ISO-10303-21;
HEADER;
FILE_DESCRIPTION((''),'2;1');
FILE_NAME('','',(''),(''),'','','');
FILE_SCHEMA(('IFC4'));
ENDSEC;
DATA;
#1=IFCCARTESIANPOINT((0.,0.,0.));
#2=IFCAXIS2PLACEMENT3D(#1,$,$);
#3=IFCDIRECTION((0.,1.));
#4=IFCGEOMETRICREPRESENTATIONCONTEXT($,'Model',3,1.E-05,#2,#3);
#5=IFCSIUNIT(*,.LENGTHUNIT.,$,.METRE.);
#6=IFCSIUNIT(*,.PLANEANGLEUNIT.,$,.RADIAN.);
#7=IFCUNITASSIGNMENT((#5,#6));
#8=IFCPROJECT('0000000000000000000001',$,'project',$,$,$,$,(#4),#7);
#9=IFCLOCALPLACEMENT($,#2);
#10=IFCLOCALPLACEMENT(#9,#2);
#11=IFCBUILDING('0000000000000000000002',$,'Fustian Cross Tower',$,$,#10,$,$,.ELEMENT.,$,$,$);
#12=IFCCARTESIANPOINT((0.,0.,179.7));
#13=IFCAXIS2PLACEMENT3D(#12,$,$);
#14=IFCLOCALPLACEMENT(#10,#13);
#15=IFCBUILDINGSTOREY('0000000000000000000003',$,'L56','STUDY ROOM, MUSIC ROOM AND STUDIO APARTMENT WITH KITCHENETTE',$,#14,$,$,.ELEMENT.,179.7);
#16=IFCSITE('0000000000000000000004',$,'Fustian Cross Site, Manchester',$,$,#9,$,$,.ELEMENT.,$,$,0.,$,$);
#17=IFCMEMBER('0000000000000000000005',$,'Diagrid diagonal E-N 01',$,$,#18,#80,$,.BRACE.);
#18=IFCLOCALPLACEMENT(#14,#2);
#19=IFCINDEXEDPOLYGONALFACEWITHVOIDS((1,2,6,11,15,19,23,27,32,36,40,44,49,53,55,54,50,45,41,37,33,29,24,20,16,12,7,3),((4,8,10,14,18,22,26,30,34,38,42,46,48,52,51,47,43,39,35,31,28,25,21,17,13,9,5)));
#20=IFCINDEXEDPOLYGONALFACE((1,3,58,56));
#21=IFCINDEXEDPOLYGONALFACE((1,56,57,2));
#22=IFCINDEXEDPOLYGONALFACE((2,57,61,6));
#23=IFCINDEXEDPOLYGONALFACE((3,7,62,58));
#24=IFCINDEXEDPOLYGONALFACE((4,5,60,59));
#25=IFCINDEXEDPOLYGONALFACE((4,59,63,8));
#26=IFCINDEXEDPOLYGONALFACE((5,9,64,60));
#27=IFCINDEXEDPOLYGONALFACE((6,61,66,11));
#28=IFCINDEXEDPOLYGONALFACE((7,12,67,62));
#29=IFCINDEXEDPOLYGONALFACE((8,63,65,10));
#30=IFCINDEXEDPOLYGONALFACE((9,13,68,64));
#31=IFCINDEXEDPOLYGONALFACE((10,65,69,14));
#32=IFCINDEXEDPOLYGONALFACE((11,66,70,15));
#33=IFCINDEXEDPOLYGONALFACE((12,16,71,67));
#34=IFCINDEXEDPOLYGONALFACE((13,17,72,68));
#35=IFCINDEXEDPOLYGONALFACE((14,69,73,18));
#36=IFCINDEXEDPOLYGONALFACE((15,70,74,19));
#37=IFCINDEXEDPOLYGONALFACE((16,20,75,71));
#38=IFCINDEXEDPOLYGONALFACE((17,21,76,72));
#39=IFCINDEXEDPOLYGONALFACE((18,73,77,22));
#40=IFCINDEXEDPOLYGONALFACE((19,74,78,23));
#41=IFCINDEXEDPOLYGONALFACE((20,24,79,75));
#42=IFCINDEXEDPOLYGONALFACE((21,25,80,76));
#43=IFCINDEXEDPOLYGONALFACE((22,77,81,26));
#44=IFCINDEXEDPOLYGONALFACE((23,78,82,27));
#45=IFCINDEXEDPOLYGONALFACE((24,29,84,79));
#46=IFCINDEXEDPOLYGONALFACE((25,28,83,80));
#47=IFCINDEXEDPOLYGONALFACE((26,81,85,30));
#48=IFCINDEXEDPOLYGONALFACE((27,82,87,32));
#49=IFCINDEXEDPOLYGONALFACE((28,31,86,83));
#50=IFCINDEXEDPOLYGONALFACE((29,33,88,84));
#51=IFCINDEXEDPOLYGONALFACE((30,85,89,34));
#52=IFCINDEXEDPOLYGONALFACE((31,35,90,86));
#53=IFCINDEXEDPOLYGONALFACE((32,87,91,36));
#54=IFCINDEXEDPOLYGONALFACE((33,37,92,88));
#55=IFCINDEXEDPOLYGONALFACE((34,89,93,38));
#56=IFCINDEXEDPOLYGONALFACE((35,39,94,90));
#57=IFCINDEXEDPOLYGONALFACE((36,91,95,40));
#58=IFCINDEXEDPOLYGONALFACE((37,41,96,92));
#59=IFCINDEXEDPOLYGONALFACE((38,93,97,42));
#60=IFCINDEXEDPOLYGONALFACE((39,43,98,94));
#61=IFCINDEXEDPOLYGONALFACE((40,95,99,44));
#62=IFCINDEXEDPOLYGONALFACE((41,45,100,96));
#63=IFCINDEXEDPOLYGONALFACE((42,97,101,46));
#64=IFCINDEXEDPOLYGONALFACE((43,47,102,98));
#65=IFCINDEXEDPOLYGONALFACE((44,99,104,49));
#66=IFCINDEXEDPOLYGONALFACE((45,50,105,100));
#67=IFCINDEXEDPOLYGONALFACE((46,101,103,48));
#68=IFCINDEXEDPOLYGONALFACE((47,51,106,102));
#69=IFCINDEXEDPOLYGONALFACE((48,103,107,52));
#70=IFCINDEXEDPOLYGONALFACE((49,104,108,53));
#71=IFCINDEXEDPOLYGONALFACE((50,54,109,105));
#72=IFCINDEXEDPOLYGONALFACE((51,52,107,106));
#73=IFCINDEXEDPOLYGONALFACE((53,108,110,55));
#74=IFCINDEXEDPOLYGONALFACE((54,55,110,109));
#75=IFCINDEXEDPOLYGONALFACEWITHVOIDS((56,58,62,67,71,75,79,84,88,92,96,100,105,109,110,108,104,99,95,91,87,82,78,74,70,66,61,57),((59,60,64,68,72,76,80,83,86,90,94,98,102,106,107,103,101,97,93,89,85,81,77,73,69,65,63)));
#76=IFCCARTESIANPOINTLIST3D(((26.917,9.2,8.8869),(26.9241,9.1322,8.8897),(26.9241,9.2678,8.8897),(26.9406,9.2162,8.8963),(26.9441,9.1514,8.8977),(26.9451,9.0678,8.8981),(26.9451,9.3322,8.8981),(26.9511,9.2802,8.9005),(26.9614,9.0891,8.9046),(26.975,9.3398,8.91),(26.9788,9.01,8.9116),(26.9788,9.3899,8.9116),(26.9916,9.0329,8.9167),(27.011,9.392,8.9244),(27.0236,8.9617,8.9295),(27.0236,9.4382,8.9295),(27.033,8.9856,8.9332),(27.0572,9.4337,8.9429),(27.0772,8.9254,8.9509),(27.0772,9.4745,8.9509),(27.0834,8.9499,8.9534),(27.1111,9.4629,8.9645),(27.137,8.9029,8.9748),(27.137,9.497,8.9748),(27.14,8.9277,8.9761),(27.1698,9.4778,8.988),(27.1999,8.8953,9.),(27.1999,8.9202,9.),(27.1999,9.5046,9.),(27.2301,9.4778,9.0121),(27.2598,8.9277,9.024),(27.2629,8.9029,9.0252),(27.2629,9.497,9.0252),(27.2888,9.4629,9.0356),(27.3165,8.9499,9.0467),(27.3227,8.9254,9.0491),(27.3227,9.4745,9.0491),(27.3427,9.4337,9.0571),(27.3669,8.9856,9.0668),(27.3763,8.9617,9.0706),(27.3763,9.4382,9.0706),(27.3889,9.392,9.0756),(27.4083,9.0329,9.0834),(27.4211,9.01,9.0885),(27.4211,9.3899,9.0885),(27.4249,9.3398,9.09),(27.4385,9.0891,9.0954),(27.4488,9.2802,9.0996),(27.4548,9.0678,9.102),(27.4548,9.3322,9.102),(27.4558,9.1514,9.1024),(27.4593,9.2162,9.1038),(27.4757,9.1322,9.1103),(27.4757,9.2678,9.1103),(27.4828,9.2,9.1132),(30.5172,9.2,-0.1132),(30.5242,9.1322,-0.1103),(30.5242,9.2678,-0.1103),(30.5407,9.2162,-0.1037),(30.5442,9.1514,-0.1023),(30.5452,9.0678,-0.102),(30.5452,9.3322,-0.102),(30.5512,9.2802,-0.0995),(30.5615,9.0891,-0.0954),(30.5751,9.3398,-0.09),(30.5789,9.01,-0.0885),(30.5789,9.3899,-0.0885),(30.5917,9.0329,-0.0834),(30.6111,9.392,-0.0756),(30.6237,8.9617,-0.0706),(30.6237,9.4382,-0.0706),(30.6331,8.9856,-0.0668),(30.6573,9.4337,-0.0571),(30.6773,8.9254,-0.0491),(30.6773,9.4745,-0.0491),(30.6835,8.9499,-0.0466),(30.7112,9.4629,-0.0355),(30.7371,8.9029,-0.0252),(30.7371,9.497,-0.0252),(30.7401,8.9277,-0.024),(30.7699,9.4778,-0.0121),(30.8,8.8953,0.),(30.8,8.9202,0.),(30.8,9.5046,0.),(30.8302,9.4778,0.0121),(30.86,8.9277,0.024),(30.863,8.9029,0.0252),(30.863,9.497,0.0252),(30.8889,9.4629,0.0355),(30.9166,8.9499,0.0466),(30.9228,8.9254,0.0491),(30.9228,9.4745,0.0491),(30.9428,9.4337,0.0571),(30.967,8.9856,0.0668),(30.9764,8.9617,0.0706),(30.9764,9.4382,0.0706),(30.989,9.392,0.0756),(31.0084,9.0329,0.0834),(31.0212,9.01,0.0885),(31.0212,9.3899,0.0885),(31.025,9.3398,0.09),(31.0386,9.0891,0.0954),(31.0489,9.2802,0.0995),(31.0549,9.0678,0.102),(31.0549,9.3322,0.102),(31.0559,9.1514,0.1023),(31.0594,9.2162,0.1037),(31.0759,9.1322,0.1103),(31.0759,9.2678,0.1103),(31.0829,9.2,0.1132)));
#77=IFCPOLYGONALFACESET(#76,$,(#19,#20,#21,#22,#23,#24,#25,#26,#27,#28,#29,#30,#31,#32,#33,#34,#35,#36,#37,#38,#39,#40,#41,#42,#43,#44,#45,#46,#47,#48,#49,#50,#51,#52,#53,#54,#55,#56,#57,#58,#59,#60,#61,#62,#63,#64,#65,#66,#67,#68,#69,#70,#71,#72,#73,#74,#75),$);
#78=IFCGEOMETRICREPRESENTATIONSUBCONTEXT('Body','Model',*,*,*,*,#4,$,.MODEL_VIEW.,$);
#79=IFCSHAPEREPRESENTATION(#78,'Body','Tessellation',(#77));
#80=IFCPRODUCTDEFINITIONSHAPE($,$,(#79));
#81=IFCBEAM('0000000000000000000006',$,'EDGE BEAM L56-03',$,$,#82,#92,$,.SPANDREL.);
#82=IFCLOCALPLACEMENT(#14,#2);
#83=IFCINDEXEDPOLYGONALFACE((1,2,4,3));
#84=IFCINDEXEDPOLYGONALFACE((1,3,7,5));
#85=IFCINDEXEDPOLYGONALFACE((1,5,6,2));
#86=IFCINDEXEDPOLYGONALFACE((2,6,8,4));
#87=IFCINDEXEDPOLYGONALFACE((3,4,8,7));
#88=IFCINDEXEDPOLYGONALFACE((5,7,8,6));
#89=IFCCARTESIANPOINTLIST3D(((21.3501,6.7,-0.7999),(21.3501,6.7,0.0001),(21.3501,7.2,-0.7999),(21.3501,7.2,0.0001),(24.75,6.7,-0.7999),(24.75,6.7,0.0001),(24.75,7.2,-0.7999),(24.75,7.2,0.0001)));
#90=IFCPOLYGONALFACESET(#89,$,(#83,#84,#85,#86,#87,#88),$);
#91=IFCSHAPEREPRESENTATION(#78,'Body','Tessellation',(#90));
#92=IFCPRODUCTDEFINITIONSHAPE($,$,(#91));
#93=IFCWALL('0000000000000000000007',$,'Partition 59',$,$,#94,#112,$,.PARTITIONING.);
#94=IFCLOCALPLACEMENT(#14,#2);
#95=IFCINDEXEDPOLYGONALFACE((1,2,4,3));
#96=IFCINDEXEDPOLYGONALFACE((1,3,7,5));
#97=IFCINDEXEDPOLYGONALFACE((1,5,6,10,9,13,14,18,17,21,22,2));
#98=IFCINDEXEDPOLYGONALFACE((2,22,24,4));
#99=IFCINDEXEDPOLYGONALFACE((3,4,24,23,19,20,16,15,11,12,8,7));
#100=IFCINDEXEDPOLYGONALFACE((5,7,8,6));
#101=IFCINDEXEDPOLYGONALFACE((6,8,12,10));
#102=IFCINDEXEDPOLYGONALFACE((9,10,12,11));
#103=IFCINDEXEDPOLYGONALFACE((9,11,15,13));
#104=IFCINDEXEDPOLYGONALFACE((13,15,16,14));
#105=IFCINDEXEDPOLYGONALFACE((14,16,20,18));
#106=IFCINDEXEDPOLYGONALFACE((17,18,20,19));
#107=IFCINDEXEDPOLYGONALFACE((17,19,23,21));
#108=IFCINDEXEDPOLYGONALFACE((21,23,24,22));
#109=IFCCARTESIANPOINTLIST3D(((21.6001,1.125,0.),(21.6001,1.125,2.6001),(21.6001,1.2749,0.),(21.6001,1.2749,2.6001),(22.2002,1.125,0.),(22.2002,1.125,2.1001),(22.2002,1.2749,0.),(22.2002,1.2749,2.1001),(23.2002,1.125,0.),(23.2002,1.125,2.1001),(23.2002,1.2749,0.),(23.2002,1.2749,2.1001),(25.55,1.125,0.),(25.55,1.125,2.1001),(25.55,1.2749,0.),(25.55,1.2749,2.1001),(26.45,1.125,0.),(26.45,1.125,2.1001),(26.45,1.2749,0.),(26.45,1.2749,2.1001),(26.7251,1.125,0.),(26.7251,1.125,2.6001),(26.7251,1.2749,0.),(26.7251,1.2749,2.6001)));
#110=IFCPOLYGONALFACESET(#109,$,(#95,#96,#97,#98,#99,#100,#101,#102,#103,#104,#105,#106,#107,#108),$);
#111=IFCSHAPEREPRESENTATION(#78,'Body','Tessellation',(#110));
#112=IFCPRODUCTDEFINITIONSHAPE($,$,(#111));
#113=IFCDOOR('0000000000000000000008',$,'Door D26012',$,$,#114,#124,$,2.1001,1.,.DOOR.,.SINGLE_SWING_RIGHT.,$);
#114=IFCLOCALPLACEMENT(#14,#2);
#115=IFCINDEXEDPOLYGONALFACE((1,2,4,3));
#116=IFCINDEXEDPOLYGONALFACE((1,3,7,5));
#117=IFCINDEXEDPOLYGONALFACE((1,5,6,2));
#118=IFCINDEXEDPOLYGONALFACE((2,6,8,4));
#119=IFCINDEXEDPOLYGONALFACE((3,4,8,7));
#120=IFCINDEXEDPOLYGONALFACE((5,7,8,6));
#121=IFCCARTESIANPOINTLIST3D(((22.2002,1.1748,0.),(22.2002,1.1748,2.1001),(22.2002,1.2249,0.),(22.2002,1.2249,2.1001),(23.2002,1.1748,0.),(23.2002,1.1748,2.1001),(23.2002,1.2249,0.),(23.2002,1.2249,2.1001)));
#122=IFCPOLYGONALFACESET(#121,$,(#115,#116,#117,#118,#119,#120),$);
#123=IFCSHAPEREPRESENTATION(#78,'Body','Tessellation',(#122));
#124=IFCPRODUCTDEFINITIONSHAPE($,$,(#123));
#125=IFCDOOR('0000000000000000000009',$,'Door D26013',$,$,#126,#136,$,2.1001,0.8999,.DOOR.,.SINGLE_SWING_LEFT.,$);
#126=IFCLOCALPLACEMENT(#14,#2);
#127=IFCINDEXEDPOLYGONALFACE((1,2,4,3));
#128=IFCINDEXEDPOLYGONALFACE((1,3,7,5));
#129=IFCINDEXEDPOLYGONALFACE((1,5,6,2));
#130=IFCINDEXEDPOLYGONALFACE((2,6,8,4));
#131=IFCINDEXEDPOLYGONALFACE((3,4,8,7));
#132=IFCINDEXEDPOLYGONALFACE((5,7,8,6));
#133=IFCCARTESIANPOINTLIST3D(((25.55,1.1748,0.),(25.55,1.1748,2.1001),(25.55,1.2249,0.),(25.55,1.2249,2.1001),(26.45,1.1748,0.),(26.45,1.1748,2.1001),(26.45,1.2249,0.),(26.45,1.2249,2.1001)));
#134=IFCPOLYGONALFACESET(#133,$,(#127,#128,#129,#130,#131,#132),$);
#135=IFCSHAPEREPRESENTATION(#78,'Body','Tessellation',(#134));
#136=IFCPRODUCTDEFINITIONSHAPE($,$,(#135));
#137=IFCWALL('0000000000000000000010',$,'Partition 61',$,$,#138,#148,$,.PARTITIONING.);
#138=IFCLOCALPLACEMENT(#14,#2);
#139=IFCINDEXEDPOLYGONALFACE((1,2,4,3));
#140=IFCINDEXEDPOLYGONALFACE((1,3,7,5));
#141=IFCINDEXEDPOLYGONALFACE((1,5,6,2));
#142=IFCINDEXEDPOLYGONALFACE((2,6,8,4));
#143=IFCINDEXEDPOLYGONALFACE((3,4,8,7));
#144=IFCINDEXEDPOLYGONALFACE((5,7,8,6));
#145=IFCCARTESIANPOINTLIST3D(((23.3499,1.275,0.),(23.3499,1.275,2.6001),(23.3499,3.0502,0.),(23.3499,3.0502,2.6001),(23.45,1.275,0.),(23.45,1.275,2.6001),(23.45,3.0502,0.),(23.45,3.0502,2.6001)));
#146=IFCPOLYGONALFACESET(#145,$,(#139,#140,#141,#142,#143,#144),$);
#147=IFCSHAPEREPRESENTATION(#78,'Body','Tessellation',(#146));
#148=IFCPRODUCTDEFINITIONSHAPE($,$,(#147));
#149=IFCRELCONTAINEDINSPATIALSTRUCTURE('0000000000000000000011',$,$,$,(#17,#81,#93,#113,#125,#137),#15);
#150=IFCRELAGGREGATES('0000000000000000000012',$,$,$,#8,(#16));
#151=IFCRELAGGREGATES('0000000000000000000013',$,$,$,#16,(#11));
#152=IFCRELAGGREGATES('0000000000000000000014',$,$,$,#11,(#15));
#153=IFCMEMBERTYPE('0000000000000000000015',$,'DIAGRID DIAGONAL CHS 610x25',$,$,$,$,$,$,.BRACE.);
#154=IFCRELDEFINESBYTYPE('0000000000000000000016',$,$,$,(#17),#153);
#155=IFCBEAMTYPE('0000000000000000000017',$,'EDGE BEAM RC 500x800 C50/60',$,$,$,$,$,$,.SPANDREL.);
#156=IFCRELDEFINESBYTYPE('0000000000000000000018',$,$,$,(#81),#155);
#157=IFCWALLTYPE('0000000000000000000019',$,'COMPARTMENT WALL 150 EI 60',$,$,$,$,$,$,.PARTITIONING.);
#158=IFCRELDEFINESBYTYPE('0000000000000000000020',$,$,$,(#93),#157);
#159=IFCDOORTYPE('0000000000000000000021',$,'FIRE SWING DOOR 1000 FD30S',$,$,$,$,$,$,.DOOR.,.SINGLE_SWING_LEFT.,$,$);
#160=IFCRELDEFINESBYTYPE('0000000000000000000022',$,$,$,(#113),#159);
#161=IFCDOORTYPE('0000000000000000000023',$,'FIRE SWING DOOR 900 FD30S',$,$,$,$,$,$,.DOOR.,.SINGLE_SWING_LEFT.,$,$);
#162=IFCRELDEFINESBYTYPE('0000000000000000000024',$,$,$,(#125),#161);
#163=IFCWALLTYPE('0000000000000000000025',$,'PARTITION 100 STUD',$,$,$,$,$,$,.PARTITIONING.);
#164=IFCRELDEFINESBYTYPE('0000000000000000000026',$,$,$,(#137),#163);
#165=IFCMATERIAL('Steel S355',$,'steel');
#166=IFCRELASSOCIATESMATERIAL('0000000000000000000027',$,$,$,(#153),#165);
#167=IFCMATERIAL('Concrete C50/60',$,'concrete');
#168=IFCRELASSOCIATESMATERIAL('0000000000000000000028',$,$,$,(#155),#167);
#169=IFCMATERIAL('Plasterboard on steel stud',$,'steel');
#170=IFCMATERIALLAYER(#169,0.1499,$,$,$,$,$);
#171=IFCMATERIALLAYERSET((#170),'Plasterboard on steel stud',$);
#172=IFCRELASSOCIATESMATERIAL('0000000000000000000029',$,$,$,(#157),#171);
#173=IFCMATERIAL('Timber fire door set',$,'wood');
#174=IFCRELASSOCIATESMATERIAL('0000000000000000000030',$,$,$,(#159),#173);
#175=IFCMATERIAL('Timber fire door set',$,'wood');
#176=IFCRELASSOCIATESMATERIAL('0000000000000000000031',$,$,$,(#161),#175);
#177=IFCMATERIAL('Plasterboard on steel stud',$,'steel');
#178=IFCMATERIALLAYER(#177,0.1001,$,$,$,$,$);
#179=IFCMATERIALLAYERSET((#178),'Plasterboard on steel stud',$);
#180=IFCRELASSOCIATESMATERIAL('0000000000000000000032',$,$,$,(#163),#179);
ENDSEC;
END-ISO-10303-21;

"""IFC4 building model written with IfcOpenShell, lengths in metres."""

from ifc_helpers import new_model, si_unit, direction, frame, frame_2d, origin, origin_2d, place, context, subcontext, project, spatial, rectangle, hollow_circle, extrude, material, layer, layer_set, material_profile, profile_set, type_object, element, fill, save


model = new_model("IFC4")

# Units and contexts
model_context = context("Model", 3, precision=1e-05, world=origin(), true_north=direction((0.0, 1.0)))
body_context = subcontext(model_context, "Body", "Model", "MODEL_VIEW")
ifc_project = project(units=[si_unit("LENGTHUNIT", "METRE"), si_unit("PLANEANGLEUNIT", "RADIAN")], contexts=[model_context])

# Site, building, storey
site_placement = place(None, origin())
site = spatial("IfcSite", under=ifc_project, at=site_placement, Name="Fustian Cross Site, Manchester", CompositionType="ELEMENT", RefElevation=0.0)
building_placement = place(site_placement, origin())
building = spatial("IfcBuilding", under=site, at=building_placement, Name="Fustian Cross Tower", CompositionType="ELEMENT")
storey_placement = place(building_placement, frame((0.0, 0.0, 179.7)))
storey = spatial("IfcBuildingStorey", under=building, at=storey_placement, Name="L56", Description="STUDY ROOM, MUSIC ROOM AND STUDIO APARTMENT WITH KITCHENETTE", CompositionType="ELEMENT", Elevation=179.7)

# Member
ifc_material_1 = material(Name="Steel S355", Category="steel")
ifc_material_profile_1 = material_profile(ifc_material_1, hollow_circle(Radius=0.3047, WallThickness=0.0249, at=origin_2d()), Name="CHS 610x25")
ifc_profile_set_1 = profile_set([ifc_material_profile_1], Name="Steel S355")
member_type_1 = type_object("IfcMemberType", Name="DIAGRID DIAGONAL CHS 610x25", PredefinedType="BRACE", material=ifc_profile_set_1)
member_1_placement = place(storey_placement, frame((30.8, 9.2, 0.0), z_axis=(-0.371399, 0.0, 0.928473), x_axis=(0.0, -1.0, 0.0)))
element("IfcMember", 1, at=member_1_placement, inside=storey, type_object=member_type_1, Name="Diagrid diagonal E-N 01", PredefinedType="BRACE", context=body_context, shape_type="SweptSolid", body=[
    extrude(hollow_circle(Radius=0.3047, WallThickness=0.0249, at=origin_2d()), origin(), (0.0, 0.0, 1.0), 9.6934),
])

# Beam
ifc_material_2 = material(Name="Concrete C50/60", Category="concrete")
ifc_material_profile_2 = material_profile(ifc_material_2, rectangle(XDim=0.5, YDim=0.8, at=origin_2d()), Name="RC 500x800")
ifc_profile_set_2 = profile_set([ifc_material_profile_2], Name="Concrete C50/60")
beam_type = type_object("IfcBeamType", Name="EDGE BEAM RC 500x800 C50/60", PredefinedType="SPANDREL", material=ifc_profile_set_2)
beam_placement = place(storey_placement, frame((24.75, 6.95, -0.3999), z_axis=(-1.0, 0.0, 0.0), x_axis=(0.0, -1.0, 0.0)))
element("IfcBeam", 2, at=beam_placement, inside=storey, type_object=beam_type, Name="EDGE BEAM L56-03", PredefinedType="SPANDREL", context=body_context, shape_type="SweptSolid", body=[
    extrude(rectangle(XDim=0.5, YDim=0.8, at=origin_2d()), origin(), (0.0, 0.0, 1.0), 3.3999),
])

# Wall, openings, doors
ifc_material_3 = material(Name="Plasterboard on steel stud", Category="steel")
ifc_layer_1 = layer(ifc_material_3, 0.1499)
ifc_layer_set_1 = layer_set([ifc_layer_1], Name="Plasterboard on steel stud")
wall_type_1 = type_object("IfcWallType", Name="COMPARTMENT WALL 150 EI 60", PredefinedType="PARTITIONING", material=ifc_layer_set_1)
wall_1_placement = place(storey_placement, frame((21.6001, 1.2, 0.0), z_axis=(0.0, 0.0, 1.0), x_axis=(1.0, 0.0, 0.0)))
wall_1 = element("IfcWall", 3, at=wall_1_placement, inside=storey, type_object=wall_type_1, Name="Partition 59", PredefinedType="PARTITIONING", context=body_context, shape_type="SweptSolid", body=[
    extrude(rectangle(XDim=5.125, YDim=0.1499, at=frame_2d((2.5625, 0.0))), origin(), (0.0, 0.0, 1.0), 2.6001),
])
opening_1_placement = place(wall_1_placement, frame((0.6001, 0.0, 0.0)))
opening_1 = element("IfcOpeningElement", 4, at=opening_1_placement, cuts=wall_1, PredefinedType="OPENING", context=body_context, shape_type="SweptSolid", body=[
    extrude(rectangle(XDim=1.0, YDim=2.1001, at=frame_2d((0.5, 1.05))), frame((0.0, 0.085, 0.0), z_axis=(0.0, -1.0, 0.0), x_axis=(1.0, 0.0, 0.0)), (0.0, 0.0, 1.0), 0.1699),
])
opening_2_placement = place(wall_1_placement, frame((3.95, 0.0, 0.0)))
opening_2 = element("IfcOpeningElement", 5, at=opening_2_placement, cuts=wall_1, PredefinedType="OPENING", context=body_context, shape_type="SweptSolid", body=[
    extrude(rectangle(XDim=0.8999, YDim=2.1001, at=frame_2d((0.45, 1.05))), frame((0.0, 0.085, 0.0), z_axis=(0.0, -1.0, 0.0), x_axis=(1.0, 0.0, 0.0)), (0.0, 0.0, 1.0), 0.1699),
])
ifc_material_4 = material(Name="Timber fire door set", Category="wood")
door_type_1 = type_object("IfcDoorType", Name="FIRE SWING DOOR 1000 FD30S", OperationType="SINGLE_SWING_LEFT", PredefinedType="DOOR", material=ifc_material_4)
door_1_placement = place(opening_1_placement, origin())
door_1 = element("IfcDoor", 6, at=door_1_placement, inside=storey, type_object=door_type_1, Name="Door D26012", OperationType="SINGLE_SWING_RIGHT", OverallHeight=2.1001, OverallWidth=1.0, PredefinedType="DOOR", context=body_context, shape_type="SweptSolid", body=[
    extrude(rectangle(XDim=1.0, YDim=2.1001, at=frame_2d((0.5, 1.05))), frame((0.0, 0.0249, 0.0), z_axis=(0.0, -1.0, 0.0), x_axis=(1.0, 0.0, 0.0)), (0.0, 0.0, 1.0), 0.05),
])
fill(opening_1, door_1)
ifc_material_5 = material(Name="Timber fire door set", Category="wood")
door_type_2 = type_object("IfcDoorType", Name="FIRE SWING DOOR 900 FD30S", OperationType="SINGLE_SWING_LEFT", PredefinedType="DOOR", material=ifc_material_5)
door_2_placement = place(opening_2_placement, origin())
door_2 = element("IfcDoor", 7, at=door_2_placement, inside=storey, type_object=door_type_2, Name="Door D26013", OperationType="SINGLE_SWING_LEFT", OverallHeight=2.1001, OverallWidth=0.8999, PredefinedType="DOOR", context=body_context, shape_type="SweptSolid", body=[
    extrude(rectangle(XDim=0.8999, YDim=2.1001, at=frame_2d((0.45, 1.05))), frame((0.0, 0.0249, 0.0), z_axis=(0.0, -1.0, 0.0), x_axis=(1.0, 0.0, 0.0)), (0.0, 0.0, 1.0), 0.05),
])
fill(opening_2, door_2)

# Wall
ifc_material_6 = material(Name="Plasterboard on steel stud", Category="steel")
ifc_layer_2 = layer(ifc_material_6, 0.1001)
ifc_layer_set_2 = layer_set([ifc_layer_2], Name="Plasterboard on steel stud")
wall_type_2 = type_object("IfcWallType", Name="PARTITION 100 STUD", PredefinedType="PARTITIONING", material=ifc_layer_set_2)
wall_2_placement = place(storey_placement, frame((23.3999, 1.2749, 0.0), z_axis=(0.0, 0.0, 1.0), x_axis=(0.0, 1.0, 0.0)))
element("IfcWall", 8, at=wall_2_placement, inside=storey, type_object=wall_type_2, Name="Partition 61", PredefinedType="PARTITIONING", context=body_context, shape_type="SweptSolid", body=[
    extrude(rectangle(XDim=1.7751, YDim=0.1001, at=frame_2d((0.8877, 0.0))), origin(), (0.0, 0.0, 1.0), 2.6001),
])

save(model, "model.ifc")
